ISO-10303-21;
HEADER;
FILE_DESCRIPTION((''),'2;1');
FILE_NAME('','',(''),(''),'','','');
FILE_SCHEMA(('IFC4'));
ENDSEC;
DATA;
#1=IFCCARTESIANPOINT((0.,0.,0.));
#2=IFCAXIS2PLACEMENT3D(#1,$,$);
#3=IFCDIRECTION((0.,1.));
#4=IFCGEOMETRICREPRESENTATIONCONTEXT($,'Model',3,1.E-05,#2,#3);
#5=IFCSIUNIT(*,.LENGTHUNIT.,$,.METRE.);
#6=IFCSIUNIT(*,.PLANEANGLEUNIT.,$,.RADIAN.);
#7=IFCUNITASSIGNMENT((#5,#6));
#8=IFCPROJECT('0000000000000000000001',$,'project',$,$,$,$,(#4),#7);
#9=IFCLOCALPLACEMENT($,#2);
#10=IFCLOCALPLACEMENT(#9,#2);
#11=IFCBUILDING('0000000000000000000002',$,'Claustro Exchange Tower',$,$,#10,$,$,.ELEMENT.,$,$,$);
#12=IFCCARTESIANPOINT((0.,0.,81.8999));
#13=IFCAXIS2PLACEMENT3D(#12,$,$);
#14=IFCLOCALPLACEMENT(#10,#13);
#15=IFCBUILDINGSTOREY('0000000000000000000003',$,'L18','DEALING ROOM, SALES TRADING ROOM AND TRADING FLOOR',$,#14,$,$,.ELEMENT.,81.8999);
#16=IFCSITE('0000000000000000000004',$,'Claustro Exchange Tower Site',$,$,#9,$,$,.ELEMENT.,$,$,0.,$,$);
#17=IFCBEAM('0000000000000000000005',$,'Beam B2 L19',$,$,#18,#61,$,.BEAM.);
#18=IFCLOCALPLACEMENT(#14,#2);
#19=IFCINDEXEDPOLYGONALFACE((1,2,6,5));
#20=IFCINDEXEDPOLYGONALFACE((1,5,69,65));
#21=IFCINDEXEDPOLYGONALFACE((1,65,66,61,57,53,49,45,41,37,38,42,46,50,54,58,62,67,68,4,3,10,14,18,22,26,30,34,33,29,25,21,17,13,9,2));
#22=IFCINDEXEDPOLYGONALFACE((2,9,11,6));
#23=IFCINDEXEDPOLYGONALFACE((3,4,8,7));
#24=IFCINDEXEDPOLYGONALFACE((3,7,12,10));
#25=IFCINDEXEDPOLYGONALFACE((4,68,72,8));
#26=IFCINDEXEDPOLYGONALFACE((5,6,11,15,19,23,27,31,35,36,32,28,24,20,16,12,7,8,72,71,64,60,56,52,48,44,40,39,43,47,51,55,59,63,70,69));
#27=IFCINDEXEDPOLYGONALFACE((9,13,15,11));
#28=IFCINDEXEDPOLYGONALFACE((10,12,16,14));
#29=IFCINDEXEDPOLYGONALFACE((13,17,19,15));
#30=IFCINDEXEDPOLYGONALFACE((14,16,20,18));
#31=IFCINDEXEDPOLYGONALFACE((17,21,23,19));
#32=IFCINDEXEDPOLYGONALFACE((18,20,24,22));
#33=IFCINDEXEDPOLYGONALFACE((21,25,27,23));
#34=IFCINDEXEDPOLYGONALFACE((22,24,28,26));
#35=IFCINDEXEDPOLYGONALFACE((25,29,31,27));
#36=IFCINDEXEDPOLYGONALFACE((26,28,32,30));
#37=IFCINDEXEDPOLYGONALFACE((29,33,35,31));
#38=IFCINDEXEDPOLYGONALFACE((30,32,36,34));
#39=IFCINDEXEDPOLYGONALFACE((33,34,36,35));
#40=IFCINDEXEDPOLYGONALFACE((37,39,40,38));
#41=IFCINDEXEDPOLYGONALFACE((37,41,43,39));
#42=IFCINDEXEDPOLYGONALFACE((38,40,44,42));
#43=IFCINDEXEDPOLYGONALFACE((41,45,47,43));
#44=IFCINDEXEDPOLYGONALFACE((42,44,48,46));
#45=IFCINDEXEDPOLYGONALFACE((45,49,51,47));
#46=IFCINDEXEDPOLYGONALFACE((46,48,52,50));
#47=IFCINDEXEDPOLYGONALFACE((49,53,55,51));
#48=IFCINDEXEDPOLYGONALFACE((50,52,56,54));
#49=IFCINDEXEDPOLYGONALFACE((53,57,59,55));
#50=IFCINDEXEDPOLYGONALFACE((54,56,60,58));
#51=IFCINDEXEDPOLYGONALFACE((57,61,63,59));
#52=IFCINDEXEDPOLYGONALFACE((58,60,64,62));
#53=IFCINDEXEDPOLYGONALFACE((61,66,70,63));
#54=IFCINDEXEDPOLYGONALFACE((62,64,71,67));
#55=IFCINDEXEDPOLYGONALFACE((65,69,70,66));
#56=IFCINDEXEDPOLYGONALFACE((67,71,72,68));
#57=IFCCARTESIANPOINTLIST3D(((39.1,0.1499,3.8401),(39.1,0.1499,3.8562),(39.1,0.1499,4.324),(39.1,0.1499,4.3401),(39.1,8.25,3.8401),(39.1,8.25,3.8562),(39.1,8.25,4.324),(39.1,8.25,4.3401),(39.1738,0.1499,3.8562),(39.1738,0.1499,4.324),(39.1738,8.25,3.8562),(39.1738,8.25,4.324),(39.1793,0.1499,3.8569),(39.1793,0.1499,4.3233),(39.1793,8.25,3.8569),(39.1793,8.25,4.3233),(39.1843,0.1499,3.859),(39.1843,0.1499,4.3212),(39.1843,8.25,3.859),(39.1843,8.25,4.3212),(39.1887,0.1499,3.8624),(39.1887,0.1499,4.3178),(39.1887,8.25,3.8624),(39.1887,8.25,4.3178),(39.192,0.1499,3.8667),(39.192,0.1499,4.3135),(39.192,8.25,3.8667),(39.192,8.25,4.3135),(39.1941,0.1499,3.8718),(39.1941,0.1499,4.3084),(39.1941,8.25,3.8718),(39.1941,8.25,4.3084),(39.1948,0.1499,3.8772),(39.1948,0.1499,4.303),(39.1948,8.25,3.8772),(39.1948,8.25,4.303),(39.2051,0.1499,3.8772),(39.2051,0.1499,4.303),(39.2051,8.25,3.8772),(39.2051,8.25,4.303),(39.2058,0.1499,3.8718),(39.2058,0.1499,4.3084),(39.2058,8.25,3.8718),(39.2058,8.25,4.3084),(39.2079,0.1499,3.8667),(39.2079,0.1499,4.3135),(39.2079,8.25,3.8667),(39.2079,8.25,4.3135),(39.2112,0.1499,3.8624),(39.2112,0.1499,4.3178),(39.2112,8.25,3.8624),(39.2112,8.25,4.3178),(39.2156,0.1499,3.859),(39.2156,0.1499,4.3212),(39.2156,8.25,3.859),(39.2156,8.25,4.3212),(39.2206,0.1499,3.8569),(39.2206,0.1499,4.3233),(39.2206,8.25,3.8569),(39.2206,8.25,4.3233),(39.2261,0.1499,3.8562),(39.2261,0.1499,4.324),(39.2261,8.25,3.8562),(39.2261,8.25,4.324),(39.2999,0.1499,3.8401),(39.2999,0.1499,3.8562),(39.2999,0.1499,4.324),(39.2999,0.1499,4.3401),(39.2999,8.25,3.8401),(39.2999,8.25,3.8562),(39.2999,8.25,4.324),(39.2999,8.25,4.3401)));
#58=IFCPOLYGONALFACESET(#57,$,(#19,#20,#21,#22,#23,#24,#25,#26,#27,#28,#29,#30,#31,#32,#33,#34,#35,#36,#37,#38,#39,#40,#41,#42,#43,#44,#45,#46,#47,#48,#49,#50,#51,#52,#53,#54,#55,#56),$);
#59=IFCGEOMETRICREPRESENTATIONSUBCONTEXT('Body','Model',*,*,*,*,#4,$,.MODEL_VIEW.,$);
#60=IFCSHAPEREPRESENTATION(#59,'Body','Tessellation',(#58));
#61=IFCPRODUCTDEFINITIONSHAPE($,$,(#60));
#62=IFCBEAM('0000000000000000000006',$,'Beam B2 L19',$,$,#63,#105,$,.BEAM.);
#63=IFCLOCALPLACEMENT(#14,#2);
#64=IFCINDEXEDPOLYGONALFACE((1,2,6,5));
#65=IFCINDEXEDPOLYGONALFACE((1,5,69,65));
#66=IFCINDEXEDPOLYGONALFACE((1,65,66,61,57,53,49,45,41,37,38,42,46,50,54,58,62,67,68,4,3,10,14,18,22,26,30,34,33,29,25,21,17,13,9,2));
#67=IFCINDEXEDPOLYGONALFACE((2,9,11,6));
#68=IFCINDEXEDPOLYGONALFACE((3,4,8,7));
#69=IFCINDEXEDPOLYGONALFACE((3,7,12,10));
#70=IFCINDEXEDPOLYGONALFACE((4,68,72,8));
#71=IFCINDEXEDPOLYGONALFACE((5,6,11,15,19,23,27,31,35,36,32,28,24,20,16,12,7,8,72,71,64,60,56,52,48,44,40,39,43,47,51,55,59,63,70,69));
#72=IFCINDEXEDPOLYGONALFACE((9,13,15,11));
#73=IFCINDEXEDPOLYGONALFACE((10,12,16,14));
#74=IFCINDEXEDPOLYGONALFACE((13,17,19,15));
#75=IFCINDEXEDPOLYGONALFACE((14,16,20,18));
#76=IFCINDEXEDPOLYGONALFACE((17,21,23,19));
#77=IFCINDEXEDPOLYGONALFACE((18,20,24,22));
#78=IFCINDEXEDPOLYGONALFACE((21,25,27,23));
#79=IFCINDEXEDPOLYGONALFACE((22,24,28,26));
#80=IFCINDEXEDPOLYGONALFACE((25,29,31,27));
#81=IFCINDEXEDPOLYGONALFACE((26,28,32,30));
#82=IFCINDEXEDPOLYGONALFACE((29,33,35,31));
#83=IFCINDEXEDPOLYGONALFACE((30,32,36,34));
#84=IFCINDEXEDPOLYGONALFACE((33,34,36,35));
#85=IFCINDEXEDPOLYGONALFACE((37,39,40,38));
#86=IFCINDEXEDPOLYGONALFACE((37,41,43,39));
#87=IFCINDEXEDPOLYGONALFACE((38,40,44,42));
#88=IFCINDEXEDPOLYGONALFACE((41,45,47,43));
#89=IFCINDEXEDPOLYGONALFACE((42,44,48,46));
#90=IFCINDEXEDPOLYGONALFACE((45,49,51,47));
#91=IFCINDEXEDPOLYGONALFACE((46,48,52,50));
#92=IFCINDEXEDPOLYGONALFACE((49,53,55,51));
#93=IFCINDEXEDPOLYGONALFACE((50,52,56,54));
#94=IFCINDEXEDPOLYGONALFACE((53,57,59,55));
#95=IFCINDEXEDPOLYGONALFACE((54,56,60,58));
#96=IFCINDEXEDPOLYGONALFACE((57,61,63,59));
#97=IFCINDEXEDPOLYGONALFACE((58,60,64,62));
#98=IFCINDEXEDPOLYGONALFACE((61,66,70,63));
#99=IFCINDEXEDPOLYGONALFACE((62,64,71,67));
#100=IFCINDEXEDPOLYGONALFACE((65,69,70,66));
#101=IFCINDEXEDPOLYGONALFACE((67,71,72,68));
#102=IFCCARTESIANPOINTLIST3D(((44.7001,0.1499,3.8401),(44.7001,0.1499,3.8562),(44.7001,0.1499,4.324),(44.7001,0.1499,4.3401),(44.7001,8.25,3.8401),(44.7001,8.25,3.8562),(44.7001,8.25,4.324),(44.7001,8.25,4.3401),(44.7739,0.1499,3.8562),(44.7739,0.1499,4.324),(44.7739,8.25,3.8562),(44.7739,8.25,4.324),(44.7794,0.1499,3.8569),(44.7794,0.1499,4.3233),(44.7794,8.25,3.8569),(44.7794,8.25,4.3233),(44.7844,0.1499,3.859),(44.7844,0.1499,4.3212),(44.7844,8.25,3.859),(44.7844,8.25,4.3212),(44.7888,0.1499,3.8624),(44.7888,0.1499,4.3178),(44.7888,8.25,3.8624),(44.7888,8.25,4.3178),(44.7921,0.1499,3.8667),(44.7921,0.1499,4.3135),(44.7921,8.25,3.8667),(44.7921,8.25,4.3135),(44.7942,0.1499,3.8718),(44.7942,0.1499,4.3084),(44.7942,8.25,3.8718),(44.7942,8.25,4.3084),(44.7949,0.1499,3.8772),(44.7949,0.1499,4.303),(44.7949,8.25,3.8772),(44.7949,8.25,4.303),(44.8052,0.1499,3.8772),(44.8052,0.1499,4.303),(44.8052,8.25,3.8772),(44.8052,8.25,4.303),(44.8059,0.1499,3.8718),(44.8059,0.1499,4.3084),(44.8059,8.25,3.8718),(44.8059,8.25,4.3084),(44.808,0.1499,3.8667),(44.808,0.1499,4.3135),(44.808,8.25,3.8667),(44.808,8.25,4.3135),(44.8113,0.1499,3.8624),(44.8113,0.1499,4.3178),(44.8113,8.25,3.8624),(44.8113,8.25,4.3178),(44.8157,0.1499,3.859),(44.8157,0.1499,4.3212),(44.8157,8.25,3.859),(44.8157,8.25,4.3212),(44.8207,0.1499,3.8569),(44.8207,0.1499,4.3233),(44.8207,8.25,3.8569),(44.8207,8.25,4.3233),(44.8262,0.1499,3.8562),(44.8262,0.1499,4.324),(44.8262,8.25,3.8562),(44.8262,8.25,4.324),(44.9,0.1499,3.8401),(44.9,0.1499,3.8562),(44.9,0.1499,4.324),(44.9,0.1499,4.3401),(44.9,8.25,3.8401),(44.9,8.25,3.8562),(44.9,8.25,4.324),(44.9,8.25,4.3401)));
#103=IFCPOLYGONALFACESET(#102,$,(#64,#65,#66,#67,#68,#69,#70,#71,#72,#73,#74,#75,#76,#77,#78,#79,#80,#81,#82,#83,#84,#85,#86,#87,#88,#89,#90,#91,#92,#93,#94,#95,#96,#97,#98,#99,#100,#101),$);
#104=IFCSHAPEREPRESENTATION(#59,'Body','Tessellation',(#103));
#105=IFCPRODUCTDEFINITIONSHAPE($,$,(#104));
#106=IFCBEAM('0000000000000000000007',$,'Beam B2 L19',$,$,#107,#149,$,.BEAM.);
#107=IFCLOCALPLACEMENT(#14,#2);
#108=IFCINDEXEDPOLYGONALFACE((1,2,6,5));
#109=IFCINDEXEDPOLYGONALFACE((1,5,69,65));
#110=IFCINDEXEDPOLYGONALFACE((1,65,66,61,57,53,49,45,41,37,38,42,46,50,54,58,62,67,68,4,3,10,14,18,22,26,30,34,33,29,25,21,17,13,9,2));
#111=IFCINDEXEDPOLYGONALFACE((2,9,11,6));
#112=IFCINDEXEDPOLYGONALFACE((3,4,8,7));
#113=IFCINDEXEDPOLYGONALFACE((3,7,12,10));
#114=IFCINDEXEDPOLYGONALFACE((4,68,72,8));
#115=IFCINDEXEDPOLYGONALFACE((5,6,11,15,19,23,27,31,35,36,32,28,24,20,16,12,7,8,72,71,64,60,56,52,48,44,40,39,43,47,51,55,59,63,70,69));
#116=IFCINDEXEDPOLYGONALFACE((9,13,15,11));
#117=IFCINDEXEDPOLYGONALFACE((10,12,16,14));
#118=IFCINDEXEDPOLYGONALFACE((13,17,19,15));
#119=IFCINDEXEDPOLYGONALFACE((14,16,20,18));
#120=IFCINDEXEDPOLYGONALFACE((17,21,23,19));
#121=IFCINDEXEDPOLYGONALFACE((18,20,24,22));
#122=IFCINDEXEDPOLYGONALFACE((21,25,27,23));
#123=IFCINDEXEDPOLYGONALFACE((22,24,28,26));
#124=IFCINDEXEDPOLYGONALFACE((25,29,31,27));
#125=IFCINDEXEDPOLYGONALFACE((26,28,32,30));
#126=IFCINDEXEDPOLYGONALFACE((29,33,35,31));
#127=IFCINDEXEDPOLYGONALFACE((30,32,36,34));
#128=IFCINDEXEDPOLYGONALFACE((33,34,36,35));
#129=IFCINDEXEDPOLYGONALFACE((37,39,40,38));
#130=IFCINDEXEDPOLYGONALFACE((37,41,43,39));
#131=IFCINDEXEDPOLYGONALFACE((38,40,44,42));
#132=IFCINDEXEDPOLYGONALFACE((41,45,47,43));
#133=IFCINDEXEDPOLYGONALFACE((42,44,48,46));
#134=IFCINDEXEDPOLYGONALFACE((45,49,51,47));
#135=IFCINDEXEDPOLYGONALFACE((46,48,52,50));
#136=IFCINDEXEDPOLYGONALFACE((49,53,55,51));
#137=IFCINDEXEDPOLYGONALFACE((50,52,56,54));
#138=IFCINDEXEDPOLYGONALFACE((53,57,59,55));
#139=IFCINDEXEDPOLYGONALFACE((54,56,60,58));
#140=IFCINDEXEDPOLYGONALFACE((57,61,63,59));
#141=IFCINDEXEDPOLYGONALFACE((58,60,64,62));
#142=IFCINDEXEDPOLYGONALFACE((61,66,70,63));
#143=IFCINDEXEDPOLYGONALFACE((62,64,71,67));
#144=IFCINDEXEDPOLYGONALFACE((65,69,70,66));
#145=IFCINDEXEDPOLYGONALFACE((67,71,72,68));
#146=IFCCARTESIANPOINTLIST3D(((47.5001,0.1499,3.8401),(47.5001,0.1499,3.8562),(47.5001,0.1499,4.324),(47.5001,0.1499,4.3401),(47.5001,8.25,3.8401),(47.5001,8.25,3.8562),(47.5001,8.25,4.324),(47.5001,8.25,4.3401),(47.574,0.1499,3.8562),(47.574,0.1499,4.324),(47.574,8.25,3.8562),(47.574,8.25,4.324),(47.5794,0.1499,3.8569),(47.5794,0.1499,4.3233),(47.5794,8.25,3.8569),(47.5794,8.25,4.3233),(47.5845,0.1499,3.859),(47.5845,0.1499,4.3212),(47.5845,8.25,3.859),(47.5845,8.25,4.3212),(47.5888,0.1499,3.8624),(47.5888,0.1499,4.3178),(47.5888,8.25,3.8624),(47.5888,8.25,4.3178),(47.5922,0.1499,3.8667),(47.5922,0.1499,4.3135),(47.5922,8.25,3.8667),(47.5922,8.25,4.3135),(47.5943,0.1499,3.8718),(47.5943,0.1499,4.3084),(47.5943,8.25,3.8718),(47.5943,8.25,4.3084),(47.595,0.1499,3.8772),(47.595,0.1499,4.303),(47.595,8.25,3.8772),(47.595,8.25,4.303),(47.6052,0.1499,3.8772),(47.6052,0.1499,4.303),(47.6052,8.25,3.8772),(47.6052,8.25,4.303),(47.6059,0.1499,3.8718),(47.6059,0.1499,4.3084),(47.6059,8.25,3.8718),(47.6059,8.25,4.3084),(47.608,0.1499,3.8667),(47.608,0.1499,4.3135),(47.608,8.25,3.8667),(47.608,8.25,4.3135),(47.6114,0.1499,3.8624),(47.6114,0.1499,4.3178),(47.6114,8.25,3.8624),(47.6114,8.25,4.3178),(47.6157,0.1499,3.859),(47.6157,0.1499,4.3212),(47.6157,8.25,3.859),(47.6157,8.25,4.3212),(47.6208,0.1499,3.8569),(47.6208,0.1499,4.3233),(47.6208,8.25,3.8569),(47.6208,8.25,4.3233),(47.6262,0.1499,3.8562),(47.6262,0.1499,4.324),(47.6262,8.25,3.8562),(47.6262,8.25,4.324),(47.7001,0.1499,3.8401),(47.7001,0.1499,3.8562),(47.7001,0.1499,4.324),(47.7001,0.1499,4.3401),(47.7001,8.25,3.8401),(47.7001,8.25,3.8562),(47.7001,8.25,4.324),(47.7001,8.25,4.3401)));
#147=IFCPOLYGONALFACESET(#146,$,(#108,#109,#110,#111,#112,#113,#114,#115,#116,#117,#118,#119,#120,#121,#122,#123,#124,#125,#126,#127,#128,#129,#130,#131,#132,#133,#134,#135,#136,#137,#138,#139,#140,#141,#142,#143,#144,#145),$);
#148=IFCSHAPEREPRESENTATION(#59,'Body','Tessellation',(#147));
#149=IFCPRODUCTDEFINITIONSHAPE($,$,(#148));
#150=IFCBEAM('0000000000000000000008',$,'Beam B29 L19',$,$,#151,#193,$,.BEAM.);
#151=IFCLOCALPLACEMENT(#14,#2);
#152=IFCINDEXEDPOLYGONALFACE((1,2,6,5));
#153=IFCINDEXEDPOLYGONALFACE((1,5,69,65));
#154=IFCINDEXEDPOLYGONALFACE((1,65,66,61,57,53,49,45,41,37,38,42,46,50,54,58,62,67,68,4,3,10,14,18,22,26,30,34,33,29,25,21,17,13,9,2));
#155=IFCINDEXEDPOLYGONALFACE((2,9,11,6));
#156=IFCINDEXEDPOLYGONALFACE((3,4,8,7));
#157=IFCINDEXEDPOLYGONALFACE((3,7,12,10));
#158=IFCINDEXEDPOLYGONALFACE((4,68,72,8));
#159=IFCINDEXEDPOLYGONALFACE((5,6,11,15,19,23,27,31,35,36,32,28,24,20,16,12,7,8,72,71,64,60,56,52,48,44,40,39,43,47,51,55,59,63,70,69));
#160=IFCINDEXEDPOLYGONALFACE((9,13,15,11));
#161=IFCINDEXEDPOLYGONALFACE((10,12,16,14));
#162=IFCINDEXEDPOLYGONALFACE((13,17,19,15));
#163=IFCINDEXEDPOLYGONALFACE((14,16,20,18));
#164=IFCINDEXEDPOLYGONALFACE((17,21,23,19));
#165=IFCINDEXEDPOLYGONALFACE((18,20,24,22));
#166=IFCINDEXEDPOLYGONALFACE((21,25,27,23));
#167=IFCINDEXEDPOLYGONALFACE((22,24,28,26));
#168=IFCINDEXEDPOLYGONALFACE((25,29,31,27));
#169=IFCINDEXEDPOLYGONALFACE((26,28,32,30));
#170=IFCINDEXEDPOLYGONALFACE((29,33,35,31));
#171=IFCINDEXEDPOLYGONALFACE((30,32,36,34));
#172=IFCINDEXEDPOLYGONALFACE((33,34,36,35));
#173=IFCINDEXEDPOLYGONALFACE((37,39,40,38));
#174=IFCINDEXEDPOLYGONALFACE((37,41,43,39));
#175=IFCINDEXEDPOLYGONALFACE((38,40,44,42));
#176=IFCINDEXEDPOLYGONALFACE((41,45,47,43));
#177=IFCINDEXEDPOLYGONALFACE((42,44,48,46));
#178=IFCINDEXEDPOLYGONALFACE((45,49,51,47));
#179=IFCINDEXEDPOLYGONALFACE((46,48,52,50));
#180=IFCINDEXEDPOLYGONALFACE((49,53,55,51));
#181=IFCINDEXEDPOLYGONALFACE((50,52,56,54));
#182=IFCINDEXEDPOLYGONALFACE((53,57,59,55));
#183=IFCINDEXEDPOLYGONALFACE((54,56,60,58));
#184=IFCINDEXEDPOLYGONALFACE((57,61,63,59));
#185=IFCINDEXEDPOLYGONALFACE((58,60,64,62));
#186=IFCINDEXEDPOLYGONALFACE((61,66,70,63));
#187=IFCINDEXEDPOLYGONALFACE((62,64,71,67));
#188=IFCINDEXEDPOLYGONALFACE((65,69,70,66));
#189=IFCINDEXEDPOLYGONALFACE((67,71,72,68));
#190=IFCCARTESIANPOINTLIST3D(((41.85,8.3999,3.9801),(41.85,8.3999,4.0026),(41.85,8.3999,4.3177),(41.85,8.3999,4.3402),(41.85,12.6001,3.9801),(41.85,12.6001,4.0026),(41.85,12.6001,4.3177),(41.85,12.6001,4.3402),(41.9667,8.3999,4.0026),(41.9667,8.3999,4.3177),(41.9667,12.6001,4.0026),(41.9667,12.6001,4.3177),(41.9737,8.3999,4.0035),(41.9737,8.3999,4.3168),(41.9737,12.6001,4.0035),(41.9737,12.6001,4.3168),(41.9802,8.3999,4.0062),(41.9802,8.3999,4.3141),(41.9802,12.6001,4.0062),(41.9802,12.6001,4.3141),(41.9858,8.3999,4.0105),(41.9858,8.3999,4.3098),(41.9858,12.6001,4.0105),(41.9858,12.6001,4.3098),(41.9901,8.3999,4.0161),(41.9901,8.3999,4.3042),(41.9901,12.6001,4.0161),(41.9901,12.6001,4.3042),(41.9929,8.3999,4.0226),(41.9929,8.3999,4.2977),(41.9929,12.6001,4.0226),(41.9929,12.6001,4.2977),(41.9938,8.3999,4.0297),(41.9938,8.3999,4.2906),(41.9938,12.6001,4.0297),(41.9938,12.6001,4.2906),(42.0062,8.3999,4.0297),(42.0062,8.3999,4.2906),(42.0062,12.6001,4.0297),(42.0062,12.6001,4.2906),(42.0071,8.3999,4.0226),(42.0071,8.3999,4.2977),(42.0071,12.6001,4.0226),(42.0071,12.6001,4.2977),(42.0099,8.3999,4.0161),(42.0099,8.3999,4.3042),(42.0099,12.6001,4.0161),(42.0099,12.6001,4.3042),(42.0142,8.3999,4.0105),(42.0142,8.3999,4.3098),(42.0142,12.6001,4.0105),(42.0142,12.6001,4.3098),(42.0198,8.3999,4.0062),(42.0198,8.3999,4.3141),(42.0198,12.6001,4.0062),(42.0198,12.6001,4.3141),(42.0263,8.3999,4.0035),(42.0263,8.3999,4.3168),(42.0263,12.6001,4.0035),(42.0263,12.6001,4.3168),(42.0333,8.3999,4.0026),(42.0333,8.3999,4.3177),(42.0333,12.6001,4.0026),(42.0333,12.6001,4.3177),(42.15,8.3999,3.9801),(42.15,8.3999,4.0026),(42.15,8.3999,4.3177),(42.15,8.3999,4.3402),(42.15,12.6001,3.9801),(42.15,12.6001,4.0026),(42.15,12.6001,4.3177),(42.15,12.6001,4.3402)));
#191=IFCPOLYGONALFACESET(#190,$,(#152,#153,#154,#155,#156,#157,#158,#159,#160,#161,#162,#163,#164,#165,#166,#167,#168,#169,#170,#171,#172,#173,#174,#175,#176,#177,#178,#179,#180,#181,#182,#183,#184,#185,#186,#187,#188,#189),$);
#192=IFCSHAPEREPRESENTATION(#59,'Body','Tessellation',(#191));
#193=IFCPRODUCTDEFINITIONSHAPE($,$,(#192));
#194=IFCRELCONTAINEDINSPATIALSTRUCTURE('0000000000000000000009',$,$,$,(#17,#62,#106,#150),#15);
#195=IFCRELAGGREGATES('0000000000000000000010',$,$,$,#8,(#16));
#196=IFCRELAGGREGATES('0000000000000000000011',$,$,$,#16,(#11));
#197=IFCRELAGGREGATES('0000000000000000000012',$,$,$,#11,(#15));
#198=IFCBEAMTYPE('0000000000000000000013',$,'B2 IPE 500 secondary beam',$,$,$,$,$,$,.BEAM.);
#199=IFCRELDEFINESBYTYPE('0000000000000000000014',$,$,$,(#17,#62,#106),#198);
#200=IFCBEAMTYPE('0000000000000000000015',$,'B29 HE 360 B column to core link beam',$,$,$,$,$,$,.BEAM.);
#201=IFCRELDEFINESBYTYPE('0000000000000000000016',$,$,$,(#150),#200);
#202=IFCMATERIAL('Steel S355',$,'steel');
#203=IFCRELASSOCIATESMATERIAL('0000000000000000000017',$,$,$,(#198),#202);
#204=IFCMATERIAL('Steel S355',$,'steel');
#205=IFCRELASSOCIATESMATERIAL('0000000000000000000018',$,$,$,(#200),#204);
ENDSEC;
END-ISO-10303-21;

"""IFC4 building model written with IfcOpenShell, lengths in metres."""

from ifc_helpers import new_model, si_unit, direction, frame, origin, origin_2d, place, context, subcontext, project, spatial, i_section, extrude, material, material_profile, profile_set, type_object, element, save


model = new_model("IFC4")

# Units and contexts
model_context = context("Model", 3, precision=1e-05, world=origin(), true_north=direction((0.0, 1.0)))
body_context = subcontext(model_context, "Body", "Model", "MODEL_VIEW")
ifc_project = project(units=[si_unit("LENGTHUNIT", "METRE"), si_unit("PLANEANGLEUNIT", "RADIAN")], contexts=[model_context])

# Site, building, storey
site_placement = place(None, origin())
site = spatial("IfcSite", under=ifc_project, at=site_placement, Name="Claustro Exchange Tower Site", CompositionType="ELEMENT", RefElevation=0.0)
building_placement = place(site_placement, origin())
building = spatial("IfcBuilding", under=site, at=building_placement, Name="Claustro Exchange Tower", CompositionType="ELEMENT")
storey_placement = place(building_placement, frame((0.0, 0.0, 81.8999)))
storey = spatial("IfcBuildingStorey", under=building, at=storey_placement, Name="L18", Description="DEALING ROOM, SALES TRADING ROOM AND TRADING FLOOR", CompositionType="ELEMENT", Elevation=81.8999)

# Beams
ifc_material_1 = material(Name="Steel S355", Category="steel")
ifc_material_profile_1 = material_profile(ifc_material_1, i_section(OverallWidth=0.2, OverallDepth=0.5, WebThickness=0.0103, FlangeThickness=0.0161, FilletRadius=0.021, at=origin_2d()), Name="IPE 500")
ifc_profile_set_1 = profile_set([ifc_material_profile_1], Name="Steel S355")
beam_type_1 = type_object("IfcBeamType", Name="B2 IPE 500 secondary beam", PredefinedType="BEAM", material=ifc_profile_set_1)
for number, where, z_axis, x_axis, name in (
    (1, (39.2, 0.1499, 4.0901), (0.0, 1.0, 0.0), (-1.0, 0.0, 0.0), "Beam B2 L19"),
    (2, (44.8, 0.1499, 4.0901), (0.0, 1.0, 0.0), (-1.0, 0.0, 0.0), "Beam B2 L19"),
    (3, (47.6001, 0.1499, 4.0901), (0.0, 1.0, 0.0), (-1.0, 0.0, 0.0), "Beam B2 L19"),
):
    element("IfcBeam", number, at=place(storey_placement, frame(where, z_axis=z_axis, x_axis=x_axis)), inside=storey, type_object=beam_type_1, Name=name, PredefinedType="BEAM", context=body_context, shape_type="SweptSolid", body=[
        extrude(i_section(OverallWidth=0.2, OverallDepth=0.5, WebThickness=0.0103, FlangeThickness=0.0161, FilletRadius=0.021, at=origin_2d()), origin(), (0.0, 0.0, 1.0), 8.1001),
    ])
ifc_material_2 = material(Name="Steel S355", Category="steel")
ifc_material_profile_2 = material_profile(ifc_material_2, i_section(OverallWidth=0.3, OverallDepth=0.3601, WebThickness=0.0125, FlangeThickness=0.0225, FilletRadius=0.0271, at=origin_2d()), Name="HE 360 B")
ifc_profile_set_2 = profile_set([ifc_material_profile_2], Name="Steel S355")
beam_type_2 = type_object("IfcBeamType", Name="B29 HE 360 B column to core link beam", PredefinedType="BEAM", material=ifc_profile_set_2)
beam_placement = place(storey_placement, frame((42.0, 8.3999, 4.1602), z_axis=(0.0, 1.0, 0.0), x_axis=(-1.0, 0.0, 0.0)))
element("IfcBeam", 4, at=beam_placement, inside=storey, type_object=beam_type_2, Name="Beam B29 L19", PredefinedType="BEAM", context=body_context, shape_type="SweptSolid", body=[
    extrude(i_section(OverallWidth=0.3, OverallDepth=0.3601, WebThickness=0.0125, FlangeThickness=0.0225, FilletRadius=0.0271, at=origin_2d()), origin(), (0.0, 0.0, 1.0), 4.2002),
])

save(model, "model.ifc")
